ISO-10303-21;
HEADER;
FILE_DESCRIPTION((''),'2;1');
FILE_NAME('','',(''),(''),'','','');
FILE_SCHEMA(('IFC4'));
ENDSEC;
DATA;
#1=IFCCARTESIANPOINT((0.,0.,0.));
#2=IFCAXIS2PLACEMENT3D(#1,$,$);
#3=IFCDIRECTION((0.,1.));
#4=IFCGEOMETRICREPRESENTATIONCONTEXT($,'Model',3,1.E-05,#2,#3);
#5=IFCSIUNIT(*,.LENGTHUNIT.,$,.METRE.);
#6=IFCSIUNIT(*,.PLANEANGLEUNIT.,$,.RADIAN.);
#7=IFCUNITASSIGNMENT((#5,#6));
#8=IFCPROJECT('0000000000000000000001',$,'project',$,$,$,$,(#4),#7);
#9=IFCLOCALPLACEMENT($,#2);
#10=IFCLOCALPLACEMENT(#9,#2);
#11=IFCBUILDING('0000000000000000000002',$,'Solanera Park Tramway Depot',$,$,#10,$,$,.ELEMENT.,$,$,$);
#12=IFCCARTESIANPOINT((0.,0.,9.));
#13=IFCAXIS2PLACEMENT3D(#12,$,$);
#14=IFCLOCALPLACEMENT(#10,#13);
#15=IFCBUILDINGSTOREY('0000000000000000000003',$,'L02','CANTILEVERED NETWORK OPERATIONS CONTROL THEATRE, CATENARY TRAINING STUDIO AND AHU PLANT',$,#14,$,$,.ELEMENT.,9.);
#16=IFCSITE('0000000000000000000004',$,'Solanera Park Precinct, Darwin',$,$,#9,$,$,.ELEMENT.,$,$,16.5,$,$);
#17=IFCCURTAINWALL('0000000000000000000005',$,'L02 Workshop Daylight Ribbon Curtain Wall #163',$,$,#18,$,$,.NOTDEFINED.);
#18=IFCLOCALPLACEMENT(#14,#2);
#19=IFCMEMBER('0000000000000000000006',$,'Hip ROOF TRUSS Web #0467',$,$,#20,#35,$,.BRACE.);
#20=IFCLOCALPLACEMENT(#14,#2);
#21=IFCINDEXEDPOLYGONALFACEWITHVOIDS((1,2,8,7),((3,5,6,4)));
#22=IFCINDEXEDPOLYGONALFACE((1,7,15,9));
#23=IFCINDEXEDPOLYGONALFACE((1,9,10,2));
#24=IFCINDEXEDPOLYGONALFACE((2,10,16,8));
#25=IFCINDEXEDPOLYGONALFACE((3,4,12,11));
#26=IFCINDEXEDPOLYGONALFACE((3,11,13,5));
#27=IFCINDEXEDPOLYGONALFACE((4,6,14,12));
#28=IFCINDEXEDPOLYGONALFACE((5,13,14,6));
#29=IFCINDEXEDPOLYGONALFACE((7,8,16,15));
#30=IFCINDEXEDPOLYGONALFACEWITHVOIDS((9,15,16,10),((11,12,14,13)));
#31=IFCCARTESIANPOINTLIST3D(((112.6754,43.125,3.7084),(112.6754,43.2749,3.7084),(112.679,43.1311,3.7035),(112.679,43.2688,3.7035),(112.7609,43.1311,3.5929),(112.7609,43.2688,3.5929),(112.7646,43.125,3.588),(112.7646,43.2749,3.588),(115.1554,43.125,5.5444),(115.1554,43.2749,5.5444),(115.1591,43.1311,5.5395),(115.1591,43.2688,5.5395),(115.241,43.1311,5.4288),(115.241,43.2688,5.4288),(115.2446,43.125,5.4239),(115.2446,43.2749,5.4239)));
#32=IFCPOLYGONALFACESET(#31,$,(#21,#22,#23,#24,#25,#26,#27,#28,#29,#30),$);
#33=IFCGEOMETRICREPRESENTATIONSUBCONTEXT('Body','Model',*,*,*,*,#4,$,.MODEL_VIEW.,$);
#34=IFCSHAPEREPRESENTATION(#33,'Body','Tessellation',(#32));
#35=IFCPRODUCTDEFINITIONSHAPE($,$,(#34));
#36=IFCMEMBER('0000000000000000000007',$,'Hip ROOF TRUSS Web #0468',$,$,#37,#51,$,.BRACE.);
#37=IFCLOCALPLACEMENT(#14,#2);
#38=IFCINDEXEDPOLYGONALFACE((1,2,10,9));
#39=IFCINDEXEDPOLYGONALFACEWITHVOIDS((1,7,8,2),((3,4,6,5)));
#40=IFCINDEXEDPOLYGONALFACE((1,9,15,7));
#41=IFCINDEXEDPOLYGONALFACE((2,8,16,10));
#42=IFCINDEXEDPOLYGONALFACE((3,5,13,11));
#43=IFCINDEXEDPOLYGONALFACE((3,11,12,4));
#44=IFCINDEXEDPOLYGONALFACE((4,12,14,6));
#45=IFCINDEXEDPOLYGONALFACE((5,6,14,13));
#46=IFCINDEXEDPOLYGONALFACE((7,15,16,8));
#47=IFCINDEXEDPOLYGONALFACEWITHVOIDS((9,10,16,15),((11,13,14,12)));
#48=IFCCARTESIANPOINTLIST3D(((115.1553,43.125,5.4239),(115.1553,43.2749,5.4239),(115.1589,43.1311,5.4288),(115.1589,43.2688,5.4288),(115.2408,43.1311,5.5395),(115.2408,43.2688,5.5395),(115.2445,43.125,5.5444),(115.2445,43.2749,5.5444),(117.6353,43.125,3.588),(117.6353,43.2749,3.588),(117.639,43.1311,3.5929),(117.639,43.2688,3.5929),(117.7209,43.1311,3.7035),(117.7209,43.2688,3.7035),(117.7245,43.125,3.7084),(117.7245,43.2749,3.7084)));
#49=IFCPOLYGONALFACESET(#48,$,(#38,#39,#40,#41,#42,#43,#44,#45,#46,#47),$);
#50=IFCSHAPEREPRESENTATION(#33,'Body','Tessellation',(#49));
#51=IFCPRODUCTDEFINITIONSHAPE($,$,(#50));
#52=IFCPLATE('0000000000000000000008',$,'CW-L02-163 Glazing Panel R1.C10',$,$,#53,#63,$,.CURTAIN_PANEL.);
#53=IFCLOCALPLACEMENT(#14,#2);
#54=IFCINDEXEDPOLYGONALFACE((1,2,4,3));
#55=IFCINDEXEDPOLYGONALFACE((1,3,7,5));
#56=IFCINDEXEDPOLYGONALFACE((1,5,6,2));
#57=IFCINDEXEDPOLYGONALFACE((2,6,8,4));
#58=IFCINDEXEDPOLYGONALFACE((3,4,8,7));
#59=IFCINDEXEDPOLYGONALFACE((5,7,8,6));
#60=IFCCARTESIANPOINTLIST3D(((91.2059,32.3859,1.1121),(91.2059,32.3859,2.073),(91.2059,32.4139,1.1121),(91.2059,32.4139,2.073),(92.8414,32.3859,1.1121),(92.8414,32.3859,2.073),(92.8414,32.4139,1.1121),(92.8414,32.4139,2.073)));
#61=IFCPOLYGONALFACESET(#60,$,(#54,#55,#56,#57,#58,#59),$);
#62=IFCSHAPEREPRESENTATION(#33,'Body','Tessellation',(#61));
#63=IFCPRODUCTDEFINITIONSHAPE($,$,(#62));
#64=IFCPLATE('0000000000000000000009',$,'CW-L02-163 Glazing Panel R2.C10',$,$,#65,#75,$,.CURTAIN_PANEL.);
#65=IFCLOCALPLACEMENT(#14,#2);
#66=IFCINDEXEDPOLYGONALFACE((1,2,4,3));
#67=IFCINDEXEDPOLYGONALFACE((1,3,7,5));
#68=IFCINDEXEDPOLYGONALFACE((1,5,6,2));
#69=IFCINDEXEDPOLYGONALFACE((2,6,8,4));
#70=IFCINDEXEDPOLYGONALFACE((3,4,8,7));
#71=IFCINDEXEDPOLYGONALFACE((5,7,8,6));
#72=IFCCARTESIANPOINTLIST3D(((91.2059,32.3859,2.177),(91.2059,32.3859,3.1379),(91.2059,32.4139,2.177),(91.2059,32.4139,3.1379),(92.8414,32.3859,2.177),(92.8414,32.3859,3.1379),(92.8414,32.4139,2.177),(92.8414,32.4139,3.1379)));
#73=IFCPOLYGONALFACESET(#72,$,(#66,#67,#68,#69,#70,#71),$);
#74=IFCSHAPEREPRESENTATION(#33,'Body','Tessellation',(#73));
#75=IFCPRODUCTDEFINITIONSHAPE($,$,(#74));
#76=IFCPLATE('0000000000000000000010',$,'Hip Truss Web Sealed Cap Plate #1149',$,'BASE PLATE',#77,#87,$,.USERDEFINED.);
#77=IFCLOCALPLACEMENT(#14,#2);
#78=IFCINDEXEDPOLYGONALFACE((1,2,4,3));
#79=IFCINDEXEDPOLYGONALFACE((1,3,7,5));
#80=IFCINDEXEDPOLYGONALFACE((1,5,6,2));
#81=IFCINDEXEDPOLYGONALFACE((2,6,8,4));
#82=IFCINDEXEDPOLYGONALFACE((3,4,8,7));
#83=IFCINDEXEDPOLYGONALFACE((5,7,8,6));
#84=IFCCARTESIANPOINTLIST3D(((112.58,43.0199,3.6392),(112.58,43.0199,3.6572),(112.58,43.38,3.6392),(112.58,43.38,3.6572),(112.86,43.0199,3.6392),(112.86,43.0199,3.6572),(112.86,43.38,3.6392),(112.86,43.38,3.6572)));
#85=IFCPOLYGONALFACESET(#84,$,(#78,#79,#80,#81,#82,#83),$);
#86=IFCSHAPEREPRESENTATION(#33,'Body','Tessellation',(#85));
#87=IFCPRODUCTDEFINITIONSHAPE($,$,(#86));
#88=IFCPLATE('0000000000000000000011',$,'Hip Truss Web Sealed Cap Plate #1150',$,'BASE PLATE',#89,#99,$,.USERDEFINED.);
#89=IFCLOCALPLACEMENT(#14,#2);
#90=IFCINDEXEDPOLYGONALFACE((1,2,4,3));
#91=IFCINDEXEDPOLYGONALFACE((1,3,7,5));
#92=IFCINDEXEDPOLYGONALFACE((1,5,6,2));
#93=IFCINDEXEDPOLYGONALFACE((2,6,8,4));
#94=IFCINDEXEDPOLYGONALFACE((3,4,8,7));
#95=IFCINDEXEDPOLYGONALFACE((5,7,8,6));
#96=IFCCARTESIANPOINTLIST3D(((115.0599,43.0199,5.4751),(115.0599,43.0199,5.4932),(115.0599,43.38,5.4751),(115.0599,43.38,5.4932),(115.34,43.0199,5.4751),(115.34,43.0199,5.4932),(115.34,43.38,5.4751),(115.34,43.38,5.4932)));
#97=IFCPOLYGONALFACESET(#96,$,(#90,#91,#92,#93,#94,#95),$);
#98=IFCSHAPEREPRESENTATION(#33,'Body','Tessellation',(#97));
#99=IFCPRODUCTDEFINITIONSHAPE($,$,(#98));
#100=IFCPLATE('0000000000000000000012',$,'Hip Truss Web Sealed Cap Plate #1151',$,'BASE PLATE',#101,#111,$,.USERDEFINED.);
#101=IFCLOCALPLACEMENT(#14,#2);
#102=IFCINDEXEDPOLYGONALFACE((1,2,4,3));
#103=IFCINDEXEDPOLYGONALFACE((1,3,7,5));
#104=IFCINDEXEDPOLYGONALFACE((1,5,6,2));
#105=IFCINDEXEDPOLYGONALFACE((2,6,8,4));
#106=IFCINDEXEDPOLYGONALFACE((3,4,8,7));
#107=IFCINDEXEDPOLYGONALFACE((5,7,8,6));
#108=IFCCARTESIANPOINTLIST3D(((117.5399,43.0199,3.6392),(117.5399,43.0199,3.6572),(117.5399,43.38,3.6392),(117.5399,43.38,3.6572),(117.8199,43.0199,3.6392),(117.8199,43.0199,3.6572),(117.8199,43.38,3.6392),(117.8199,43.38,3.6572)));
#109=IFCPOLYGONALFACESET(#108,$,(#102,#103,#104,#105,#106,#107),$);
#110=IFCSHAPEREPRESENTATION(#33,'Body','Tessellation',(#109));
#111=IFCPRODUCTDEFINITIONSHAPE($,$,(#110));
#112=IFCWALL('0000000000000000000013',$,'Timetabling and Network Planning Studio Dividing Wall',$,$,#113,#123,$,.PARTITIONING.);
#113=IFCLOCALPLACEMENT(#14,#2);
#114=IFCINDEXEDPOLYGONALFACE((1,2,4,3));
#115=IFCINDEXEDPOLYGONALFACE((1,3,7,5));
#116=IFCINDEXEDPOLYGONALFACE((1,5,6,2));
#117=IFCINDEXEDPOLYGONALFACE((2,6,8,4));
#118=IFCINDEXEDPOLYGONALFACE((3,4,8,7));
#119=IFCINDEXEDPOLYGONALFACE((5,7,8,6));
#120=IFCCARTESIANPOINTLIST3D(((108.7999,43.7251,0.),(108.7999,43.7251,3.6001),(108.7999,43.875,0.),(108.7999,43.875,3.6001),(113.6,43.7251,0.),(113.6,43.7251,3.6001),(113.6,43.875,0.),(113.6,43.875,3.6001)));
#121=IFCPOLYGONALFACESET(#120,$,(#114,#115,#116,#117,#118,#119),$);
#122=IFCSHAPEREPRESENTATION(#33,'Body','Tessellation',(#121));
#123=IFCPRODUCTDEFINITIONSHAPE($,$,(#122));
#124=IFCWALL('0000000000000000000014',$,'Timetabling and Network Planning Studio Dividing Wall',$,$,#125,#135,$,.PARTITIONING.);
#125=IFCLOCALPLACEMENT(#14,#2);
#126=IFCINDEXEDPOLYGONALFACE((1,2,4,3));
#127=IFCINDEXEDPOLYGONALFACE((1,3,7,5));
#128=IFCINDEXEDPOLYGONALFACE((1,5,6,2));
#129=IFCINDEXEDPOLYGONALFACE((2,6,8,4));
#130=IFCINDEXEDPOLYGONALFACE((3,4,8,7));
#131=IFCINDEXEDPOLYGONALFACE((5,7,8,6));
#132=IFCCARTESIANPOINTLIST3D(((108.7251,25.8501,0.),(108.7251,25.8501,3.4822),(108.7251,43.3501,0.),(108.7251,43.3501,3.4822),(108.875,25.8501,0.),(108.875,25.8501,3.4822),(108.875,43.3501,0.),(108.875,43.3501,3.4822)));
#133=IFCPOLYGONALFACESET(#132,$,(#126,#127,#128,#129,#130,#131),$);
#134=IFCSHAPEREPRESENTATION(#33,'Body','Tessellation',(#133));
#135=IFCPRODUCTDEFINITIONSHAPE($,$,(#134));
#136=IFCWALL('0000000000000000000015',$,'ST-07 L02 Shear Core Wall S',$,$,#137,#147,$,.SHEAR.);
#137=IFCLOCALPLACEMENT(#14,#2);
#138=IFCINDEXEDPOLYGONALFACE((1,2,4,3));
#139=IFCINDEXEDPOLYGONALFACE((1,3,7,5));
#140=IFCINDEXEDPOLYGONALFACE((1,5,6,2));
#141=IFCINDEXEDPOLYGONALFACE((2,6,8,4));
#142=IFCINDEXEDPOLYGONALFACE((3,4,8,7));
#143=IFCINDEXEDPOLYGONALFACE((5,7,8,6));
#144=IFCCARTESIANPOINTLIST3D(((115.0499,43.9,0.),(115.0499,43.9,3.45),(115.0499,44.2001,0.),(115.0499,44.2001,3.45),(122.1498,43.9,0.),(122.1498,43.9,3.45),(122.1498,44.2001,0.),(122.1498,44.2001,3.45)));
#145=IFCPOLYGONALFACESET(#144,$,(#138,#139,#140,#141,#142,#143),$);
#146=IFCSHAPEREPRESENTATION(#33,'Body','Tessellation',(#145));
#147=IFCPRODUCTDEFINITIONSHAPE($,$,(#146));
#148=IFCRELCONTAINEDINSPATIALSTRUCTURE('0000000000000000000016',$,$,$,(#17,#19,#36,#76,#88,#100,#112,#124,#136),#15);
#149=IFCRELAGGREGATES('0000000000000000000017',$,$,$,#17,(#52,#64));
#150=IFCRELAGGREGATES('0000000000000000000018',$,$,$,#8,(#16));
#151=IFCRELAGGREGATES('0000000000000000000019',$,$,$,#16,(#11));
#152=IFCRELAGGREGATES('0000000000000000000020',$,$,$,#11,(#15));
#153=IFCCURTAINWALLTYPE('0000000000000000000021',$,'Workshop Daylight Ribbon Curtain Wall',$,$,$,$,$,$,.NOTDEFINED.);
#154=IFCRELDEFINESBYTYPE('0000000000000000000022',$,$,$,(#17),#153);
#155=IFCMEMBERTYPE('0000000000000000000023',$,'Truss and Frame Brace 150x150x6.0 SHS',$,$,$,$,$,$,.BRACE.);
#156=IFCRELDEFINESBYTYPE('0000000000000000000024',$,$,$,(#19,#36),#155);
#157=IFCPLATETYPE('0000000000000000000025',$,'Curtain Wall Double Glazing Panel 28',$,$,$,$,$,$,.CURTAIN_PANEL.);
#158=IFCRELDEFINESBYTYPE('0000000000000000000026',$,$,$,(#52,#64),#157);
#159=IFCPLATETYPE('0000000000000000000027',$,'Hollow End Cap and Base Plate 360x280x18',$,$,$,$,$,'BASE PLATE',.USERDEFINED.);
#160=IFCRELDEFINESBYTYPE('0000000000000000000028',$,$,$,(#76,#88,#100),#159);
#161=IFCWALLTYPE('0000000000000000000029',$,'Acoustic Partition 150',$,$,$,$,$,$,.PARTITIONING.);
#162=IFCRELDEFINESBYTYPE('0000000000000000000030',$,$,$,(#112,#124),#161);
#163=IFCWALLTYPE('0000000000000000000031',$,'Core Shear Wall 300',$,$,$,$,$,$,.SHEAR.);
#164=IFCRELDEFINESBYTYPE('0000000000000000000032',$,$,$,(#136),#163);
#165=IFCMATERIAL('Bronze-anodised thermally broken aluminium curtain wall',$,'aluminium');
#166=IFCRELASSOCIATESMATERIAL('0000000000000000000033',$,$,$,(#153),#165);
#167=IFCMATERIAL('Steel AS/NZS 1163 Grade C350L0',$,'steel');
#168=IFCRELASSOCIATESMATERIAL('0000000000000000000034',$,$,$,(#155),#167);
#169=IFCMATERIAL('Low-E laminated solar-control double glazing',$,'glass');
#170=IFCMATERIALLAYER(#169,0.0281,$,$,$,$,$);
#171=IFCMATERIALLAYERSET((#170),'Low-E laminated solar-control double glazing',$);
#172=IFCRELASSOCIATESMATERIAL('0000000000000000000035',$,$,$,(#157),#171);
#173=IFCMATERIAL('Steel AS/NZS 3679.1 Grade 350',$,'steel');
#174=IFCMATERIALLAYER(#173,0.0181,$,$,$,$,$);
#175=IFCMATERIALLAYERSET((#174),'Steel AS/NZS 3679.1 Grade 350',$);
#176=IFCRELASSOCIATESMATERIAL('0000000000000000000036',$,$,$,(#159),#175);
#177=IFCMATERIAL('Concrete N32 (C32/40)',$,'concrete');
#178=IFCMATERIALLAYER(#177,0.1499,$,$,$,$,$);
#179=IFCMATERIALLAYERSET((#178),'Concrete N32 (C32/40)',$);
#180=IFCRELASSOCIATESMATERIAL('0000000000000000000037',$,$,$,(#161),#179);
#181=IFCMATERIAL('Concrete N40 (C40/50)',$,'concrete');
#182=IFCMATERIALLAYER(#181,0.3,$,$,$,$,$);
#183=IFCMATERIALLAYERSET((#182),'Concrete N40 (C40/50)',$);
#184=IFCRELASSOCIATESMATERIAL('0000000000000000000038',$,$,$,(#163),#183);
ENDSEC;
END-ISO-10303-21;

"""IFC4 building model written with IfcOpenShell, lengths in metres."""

from ifc_helpers import new_model, si_unit, direction, frame, frame_2d, origin, origin_2d, place, context, subcontext, project, spatial, rectangle, hollow_rectangle, extrude, material, layer, layer_set, material_profile, profile_set, type_object, element, aggregate, save


model = new_model("IFC4")

# Units and contexts
model_context = context("Model", 3, precision=1e-05, world=origin(), true_north=direction((0.0, 1.0)))
body_context = subcontext(model_context, "Body", "Model", "MODEL_VIEW")
ifc_project = project(units=[si_unit("LENGTHUNIT", "METRE"), si_unit("PLANEANGLEUNIT", "RADIAN")], contexts=[model_context])

# Site, building, storey
site_placement = place(None, origin())
site = spatial("IfcSite", under=ifc_project, at=site_placement, Name="Solanera Park Precinct, Darwin", CompositionType="ELEMENT", RefElevation=16.5)
building_placement = place(site_placement, origin())
building = spatial("IfcBuilding", under=site, at=building_placement, Name="Solanera Park Tramway Depot", CompositionType="ELEMENT")
storey_placement = place(building_placement, frame((0.0, 0.0, 9.0)))
storey = spatial("IfcBuildingStorey", under=building, at=storey_placement, Name="L02", Description="CANTILEVERED NETWORK OPERATIONS CONTROL THEATRE, CATENARY TRAINING STUDIO AND AHU PLANT", CompositionType="ELEMENT", Elevation=9.0)

# Curtain wall
ifc_material_1 = material(Name="Bronze-anodised thermally broken aluminium curtain wall", Category="aluminium")
curtain_wall_type = type_object("IfcCurtainWallType", Name="Workshop Daylight Ribbon Curtain Wall", PredefinedType="NOTDEFINED", material=ifc_material_1)
curtain_wall_placement = place(storey_placement, origin())
curtain_wall = element("IfcCurtainWall", 1, at=curtain_wall_placement, inside=storey, type_object=curtain_wall_type, Name="L02 Workshop Daylight Ribbon Curtain Wall #163", PredefinedType="NOTDEFINED")

# Members
ifc_material_2 = material(Name="Steel AS/NZS 1163 Grade C350L0", Category="steel")
ifc_material_profile_1 = material_profile(ifc_material_2, hollow_rectangle(XDim=0.1499, YDim=0.1499, WallThickness=0.0061, at=origin_2d()), Name="150x150x6.0 SHS")
ifc_profile_set_1 = profile_set([ifc_material_profile_1], Name="Steel AS/NZS 1163 Grade C350L0")
member_type_1 = type_object("IfcMemberType", Name="Truss and Frame Brace 150x150x6.0 SHS", PredefinedType="BRACE", material=ifc_profile_set_1)
for number, where, z_axis, x_axis, name in (
    (2, (112.72, 43.2, 3.6482), (0.803725, 0.0, 0.595), (0.0, 1.0, 0.0), "Hip ROOF TRUSS Web #0467"),
    (3, (117.6799, 43.2, 3.6482), (-0.803725, 0.0, 0.595), (0.0, -1.0, 0.0), "Hip ROOF TRUSS Web #0468"),
):
    element("IfcMember", number, at=place(storey_placement, frame(where, z_axis=z_axis, x_axis=x_axis)), inside=storey, type_object=member_type_1, Name=name, PredefinedType="BRACE", context=body_context, shape_type="SweptSolid", body=[
        extrude(hollow_rectangle(XDim=0.1499, YDim=0.1499, WallThickness=0.0061, at=origin_2d()), origin(), (0.0, 0.0, 1.0), 3.0857),
    ])

# Plates
ifc_material_3 = material(Name="Low-E laminated solar-control double glazing", Category="glass")
ifc_layer_1 = layer(ifc_material_3, 0.0281)
ifc_layer_set_1 = layer_set([ifc_layer_1], Name="Low-E laminated solar-control double glazing")
plate_type_1 = type_object("IfcPlateType", Name="Curtain Wall Double Glazing Panel 28", PredefinedType="CURTAIN_PANEL", material=ifc_layer_set_1)
plate_1_placement = place(storey_placement, frame((92.0237, 32.3999, 1.1121), z_axis=(0.0, 0.0, 1.0), x_axis=(1.0, 0.0, 0.0)))
plate_1 = element("IfcPlate", 4, at=plate_1_placement, type_object=plate_type_1, Name="CW-L02-163 Glazing Panel R1.C10", PredefinedType="CURTAIN_PANEL", context=body_context, shape_type="SweptSolid", body=[
    extrude(rectangle(XDim=1.6355, YDim=0.0281, at=origin_2d()), origin(), (0.0, 0.0, 1.0), 0.9609),
])
plate_2_placement = place(storey_placement, frame((92.0237, 32.3999, 2.177), z_axis=(0.0, 0.0, 1.0), x_axis=(1.0, 0.0, 0.0)))
plate_2 = element("IfcPlate", 5, at=plate_2_placement, type_object=plate_type_1, Name="CW-L02-163 Glazing Panel R2.C10", PredefinedType="CURTAIN_PANEL", context=body_context, shape_type="SweptSolid", body=[
    extrude(rectangle(XDim=1.6355, YDim=0.0281, at=origin_2d()), origin(), (0.0, 0.0, 1.0), 0.9609),
])
aggregate(curtain_wall, [plate_1, plate_2])

# Plates
ifc_material_4 = material(Name="Steel AS/NZS 3679.1 Grade 350", Category="steel")
ifc_layer_2 = layer(ifc_material_4, 0.0181)
ifc_layer_set_2 = layer_set([ifc_layer_2], Name="Steel AS/NZS 3679.1 Grade 350")
plate_type_2 = type_object("IfcPlateType", Name="Hollow End Cap and Base Plate 360x280x18", ElementType="BASE PLATE", PredefinedType="USERDEFINED", material=ifc_layer_set_2)
for number, where, z_axis, x_axis, name in (
    (6, (112.72, 43.2, 3.6392), (0.0, 0.0, 1.0), (1.0, 0.0, 0.0), "Hip Truss Web Sealed Cap Plate #1149"),
    (7, (115.2, 43.2, 5.4751), (0.0, 0.0, 1.0), (1.0, 0.0, 0.0), "Hip Truss Web Sealed Cap Plate #1150"),
    (8, (117.6799, 43.2, 3.6392), (0.0, 0.0, 1.0), (1.0, 0.0, 0.0), "Hip Truss Web Sealed Cap Plate #1151"),
):
    element("IfcPlate", number, at=place(storey_placement, frame(where, z_axis=z_axis, x_axis=x_axis)), inside=storey, type_object=plate_type_2, Name=name, ObjectType="BASE PLATE", PredefinedType="USERDEFINED", context=body_context, shape_type="SweptSolid", body=[
        extrude(rectangle(XDim=0.28, YDim=0.3601, at=origin_2d()), origin(), (0.0, 0.0, 1.0), 0.0181),
    ])

# Walls
ifc_material_5 = material(Name="Concrete N32 (C32/40)", Category="concrete")
ifc_layer_3 = layer(ifc_material_5, 0.1499)
ifc_layer_set_3 = layer_set([ifc_layer_3], Name="Concrete N32 (C32/40)")
wall_type_1 = type_object("IfcWallType", Name="Acoustic Partition 150", PredefinedType="PARTITIONING", material=ifc_layer_set_3)
wall_1_placement = place(storey_placement, frame((108.8, 43.8, 0.0), z_axis=(0.0, 0.0, 1.0), x_axis=(1.0, 0.0, 0.0)))
element("IfcWall", 9, at=wall_1_placement, inside=storey, type_object=wall_type_1, Name="Timetabling and Network Planning Studio Dividing Wall", PredefinedType="PARTITIONING", context=body_context, shape_type="SweptSolid", body=[
    extrude(rectangle(XDim=4.8, YDim=0.1499, at=frame_2d((2.3999, 0.0))), origin(), (0.0, 0.0, 1.0), 3.6001),
])
wall_2_placement = place(storey_placement, frame((108.8, 43.3501, 0.0), z_axis=(0.0, 0.0, 1.0), x_axis=(0.0, -1.0, 0.0)))
element("IfcWall", 10, at=wall_2_placement, inside=storey, type_object=wall_type_1, Name="Timetabling and Network Planning Studio Dividing Wall", PredefinedType="PARTITIONING", context=body_context, shape_type="SweptSolid", body=[
    extrude(rectangle(XDim=17.5, YDim=0.1499, at=frame_2d((8.75, 0.0))), origin(), (0.0, 0.0, 1.0), 3.4822),
])
ifc_material_6 = material(Name="Concrete N40 (C40/50)", Category="concrete")
ifc_layer_4 = layer(ifc_material_6, 0.3)
ifc_layer_set_4 = layer_set([ifc_layer_4], Name="Concrete N40 (C40/50)")
wall_type_2 = type_object("IfcWallType", Name="Core Shear Wall 300", PredefinedType="SHEAR", material=ifc_layer_set_4)
wall_3_placement = place(storey_placement, frame((115.05, 44.05, 0.0), z_axis=(0.0, 0.0, 1.0), x_axis=(1.0, 0.0, 0.0)))
element("IfcWall", 11, at=wall_3_placement, inside=storey, type_object=wall_type_2, Name="ST-07 L02 Shear Core Wall S", PredefinedType="SHEAR", context=body_context, shape_type="SweptSolid", body=[
    extrude(rectangle(XDim=7.0999, YDim=0.3, at=frame_2d((3.5498, 0.0))), origin(), (0.0, 0.0, 1.0), 3.45),
])

save(model, "model.ifc")
